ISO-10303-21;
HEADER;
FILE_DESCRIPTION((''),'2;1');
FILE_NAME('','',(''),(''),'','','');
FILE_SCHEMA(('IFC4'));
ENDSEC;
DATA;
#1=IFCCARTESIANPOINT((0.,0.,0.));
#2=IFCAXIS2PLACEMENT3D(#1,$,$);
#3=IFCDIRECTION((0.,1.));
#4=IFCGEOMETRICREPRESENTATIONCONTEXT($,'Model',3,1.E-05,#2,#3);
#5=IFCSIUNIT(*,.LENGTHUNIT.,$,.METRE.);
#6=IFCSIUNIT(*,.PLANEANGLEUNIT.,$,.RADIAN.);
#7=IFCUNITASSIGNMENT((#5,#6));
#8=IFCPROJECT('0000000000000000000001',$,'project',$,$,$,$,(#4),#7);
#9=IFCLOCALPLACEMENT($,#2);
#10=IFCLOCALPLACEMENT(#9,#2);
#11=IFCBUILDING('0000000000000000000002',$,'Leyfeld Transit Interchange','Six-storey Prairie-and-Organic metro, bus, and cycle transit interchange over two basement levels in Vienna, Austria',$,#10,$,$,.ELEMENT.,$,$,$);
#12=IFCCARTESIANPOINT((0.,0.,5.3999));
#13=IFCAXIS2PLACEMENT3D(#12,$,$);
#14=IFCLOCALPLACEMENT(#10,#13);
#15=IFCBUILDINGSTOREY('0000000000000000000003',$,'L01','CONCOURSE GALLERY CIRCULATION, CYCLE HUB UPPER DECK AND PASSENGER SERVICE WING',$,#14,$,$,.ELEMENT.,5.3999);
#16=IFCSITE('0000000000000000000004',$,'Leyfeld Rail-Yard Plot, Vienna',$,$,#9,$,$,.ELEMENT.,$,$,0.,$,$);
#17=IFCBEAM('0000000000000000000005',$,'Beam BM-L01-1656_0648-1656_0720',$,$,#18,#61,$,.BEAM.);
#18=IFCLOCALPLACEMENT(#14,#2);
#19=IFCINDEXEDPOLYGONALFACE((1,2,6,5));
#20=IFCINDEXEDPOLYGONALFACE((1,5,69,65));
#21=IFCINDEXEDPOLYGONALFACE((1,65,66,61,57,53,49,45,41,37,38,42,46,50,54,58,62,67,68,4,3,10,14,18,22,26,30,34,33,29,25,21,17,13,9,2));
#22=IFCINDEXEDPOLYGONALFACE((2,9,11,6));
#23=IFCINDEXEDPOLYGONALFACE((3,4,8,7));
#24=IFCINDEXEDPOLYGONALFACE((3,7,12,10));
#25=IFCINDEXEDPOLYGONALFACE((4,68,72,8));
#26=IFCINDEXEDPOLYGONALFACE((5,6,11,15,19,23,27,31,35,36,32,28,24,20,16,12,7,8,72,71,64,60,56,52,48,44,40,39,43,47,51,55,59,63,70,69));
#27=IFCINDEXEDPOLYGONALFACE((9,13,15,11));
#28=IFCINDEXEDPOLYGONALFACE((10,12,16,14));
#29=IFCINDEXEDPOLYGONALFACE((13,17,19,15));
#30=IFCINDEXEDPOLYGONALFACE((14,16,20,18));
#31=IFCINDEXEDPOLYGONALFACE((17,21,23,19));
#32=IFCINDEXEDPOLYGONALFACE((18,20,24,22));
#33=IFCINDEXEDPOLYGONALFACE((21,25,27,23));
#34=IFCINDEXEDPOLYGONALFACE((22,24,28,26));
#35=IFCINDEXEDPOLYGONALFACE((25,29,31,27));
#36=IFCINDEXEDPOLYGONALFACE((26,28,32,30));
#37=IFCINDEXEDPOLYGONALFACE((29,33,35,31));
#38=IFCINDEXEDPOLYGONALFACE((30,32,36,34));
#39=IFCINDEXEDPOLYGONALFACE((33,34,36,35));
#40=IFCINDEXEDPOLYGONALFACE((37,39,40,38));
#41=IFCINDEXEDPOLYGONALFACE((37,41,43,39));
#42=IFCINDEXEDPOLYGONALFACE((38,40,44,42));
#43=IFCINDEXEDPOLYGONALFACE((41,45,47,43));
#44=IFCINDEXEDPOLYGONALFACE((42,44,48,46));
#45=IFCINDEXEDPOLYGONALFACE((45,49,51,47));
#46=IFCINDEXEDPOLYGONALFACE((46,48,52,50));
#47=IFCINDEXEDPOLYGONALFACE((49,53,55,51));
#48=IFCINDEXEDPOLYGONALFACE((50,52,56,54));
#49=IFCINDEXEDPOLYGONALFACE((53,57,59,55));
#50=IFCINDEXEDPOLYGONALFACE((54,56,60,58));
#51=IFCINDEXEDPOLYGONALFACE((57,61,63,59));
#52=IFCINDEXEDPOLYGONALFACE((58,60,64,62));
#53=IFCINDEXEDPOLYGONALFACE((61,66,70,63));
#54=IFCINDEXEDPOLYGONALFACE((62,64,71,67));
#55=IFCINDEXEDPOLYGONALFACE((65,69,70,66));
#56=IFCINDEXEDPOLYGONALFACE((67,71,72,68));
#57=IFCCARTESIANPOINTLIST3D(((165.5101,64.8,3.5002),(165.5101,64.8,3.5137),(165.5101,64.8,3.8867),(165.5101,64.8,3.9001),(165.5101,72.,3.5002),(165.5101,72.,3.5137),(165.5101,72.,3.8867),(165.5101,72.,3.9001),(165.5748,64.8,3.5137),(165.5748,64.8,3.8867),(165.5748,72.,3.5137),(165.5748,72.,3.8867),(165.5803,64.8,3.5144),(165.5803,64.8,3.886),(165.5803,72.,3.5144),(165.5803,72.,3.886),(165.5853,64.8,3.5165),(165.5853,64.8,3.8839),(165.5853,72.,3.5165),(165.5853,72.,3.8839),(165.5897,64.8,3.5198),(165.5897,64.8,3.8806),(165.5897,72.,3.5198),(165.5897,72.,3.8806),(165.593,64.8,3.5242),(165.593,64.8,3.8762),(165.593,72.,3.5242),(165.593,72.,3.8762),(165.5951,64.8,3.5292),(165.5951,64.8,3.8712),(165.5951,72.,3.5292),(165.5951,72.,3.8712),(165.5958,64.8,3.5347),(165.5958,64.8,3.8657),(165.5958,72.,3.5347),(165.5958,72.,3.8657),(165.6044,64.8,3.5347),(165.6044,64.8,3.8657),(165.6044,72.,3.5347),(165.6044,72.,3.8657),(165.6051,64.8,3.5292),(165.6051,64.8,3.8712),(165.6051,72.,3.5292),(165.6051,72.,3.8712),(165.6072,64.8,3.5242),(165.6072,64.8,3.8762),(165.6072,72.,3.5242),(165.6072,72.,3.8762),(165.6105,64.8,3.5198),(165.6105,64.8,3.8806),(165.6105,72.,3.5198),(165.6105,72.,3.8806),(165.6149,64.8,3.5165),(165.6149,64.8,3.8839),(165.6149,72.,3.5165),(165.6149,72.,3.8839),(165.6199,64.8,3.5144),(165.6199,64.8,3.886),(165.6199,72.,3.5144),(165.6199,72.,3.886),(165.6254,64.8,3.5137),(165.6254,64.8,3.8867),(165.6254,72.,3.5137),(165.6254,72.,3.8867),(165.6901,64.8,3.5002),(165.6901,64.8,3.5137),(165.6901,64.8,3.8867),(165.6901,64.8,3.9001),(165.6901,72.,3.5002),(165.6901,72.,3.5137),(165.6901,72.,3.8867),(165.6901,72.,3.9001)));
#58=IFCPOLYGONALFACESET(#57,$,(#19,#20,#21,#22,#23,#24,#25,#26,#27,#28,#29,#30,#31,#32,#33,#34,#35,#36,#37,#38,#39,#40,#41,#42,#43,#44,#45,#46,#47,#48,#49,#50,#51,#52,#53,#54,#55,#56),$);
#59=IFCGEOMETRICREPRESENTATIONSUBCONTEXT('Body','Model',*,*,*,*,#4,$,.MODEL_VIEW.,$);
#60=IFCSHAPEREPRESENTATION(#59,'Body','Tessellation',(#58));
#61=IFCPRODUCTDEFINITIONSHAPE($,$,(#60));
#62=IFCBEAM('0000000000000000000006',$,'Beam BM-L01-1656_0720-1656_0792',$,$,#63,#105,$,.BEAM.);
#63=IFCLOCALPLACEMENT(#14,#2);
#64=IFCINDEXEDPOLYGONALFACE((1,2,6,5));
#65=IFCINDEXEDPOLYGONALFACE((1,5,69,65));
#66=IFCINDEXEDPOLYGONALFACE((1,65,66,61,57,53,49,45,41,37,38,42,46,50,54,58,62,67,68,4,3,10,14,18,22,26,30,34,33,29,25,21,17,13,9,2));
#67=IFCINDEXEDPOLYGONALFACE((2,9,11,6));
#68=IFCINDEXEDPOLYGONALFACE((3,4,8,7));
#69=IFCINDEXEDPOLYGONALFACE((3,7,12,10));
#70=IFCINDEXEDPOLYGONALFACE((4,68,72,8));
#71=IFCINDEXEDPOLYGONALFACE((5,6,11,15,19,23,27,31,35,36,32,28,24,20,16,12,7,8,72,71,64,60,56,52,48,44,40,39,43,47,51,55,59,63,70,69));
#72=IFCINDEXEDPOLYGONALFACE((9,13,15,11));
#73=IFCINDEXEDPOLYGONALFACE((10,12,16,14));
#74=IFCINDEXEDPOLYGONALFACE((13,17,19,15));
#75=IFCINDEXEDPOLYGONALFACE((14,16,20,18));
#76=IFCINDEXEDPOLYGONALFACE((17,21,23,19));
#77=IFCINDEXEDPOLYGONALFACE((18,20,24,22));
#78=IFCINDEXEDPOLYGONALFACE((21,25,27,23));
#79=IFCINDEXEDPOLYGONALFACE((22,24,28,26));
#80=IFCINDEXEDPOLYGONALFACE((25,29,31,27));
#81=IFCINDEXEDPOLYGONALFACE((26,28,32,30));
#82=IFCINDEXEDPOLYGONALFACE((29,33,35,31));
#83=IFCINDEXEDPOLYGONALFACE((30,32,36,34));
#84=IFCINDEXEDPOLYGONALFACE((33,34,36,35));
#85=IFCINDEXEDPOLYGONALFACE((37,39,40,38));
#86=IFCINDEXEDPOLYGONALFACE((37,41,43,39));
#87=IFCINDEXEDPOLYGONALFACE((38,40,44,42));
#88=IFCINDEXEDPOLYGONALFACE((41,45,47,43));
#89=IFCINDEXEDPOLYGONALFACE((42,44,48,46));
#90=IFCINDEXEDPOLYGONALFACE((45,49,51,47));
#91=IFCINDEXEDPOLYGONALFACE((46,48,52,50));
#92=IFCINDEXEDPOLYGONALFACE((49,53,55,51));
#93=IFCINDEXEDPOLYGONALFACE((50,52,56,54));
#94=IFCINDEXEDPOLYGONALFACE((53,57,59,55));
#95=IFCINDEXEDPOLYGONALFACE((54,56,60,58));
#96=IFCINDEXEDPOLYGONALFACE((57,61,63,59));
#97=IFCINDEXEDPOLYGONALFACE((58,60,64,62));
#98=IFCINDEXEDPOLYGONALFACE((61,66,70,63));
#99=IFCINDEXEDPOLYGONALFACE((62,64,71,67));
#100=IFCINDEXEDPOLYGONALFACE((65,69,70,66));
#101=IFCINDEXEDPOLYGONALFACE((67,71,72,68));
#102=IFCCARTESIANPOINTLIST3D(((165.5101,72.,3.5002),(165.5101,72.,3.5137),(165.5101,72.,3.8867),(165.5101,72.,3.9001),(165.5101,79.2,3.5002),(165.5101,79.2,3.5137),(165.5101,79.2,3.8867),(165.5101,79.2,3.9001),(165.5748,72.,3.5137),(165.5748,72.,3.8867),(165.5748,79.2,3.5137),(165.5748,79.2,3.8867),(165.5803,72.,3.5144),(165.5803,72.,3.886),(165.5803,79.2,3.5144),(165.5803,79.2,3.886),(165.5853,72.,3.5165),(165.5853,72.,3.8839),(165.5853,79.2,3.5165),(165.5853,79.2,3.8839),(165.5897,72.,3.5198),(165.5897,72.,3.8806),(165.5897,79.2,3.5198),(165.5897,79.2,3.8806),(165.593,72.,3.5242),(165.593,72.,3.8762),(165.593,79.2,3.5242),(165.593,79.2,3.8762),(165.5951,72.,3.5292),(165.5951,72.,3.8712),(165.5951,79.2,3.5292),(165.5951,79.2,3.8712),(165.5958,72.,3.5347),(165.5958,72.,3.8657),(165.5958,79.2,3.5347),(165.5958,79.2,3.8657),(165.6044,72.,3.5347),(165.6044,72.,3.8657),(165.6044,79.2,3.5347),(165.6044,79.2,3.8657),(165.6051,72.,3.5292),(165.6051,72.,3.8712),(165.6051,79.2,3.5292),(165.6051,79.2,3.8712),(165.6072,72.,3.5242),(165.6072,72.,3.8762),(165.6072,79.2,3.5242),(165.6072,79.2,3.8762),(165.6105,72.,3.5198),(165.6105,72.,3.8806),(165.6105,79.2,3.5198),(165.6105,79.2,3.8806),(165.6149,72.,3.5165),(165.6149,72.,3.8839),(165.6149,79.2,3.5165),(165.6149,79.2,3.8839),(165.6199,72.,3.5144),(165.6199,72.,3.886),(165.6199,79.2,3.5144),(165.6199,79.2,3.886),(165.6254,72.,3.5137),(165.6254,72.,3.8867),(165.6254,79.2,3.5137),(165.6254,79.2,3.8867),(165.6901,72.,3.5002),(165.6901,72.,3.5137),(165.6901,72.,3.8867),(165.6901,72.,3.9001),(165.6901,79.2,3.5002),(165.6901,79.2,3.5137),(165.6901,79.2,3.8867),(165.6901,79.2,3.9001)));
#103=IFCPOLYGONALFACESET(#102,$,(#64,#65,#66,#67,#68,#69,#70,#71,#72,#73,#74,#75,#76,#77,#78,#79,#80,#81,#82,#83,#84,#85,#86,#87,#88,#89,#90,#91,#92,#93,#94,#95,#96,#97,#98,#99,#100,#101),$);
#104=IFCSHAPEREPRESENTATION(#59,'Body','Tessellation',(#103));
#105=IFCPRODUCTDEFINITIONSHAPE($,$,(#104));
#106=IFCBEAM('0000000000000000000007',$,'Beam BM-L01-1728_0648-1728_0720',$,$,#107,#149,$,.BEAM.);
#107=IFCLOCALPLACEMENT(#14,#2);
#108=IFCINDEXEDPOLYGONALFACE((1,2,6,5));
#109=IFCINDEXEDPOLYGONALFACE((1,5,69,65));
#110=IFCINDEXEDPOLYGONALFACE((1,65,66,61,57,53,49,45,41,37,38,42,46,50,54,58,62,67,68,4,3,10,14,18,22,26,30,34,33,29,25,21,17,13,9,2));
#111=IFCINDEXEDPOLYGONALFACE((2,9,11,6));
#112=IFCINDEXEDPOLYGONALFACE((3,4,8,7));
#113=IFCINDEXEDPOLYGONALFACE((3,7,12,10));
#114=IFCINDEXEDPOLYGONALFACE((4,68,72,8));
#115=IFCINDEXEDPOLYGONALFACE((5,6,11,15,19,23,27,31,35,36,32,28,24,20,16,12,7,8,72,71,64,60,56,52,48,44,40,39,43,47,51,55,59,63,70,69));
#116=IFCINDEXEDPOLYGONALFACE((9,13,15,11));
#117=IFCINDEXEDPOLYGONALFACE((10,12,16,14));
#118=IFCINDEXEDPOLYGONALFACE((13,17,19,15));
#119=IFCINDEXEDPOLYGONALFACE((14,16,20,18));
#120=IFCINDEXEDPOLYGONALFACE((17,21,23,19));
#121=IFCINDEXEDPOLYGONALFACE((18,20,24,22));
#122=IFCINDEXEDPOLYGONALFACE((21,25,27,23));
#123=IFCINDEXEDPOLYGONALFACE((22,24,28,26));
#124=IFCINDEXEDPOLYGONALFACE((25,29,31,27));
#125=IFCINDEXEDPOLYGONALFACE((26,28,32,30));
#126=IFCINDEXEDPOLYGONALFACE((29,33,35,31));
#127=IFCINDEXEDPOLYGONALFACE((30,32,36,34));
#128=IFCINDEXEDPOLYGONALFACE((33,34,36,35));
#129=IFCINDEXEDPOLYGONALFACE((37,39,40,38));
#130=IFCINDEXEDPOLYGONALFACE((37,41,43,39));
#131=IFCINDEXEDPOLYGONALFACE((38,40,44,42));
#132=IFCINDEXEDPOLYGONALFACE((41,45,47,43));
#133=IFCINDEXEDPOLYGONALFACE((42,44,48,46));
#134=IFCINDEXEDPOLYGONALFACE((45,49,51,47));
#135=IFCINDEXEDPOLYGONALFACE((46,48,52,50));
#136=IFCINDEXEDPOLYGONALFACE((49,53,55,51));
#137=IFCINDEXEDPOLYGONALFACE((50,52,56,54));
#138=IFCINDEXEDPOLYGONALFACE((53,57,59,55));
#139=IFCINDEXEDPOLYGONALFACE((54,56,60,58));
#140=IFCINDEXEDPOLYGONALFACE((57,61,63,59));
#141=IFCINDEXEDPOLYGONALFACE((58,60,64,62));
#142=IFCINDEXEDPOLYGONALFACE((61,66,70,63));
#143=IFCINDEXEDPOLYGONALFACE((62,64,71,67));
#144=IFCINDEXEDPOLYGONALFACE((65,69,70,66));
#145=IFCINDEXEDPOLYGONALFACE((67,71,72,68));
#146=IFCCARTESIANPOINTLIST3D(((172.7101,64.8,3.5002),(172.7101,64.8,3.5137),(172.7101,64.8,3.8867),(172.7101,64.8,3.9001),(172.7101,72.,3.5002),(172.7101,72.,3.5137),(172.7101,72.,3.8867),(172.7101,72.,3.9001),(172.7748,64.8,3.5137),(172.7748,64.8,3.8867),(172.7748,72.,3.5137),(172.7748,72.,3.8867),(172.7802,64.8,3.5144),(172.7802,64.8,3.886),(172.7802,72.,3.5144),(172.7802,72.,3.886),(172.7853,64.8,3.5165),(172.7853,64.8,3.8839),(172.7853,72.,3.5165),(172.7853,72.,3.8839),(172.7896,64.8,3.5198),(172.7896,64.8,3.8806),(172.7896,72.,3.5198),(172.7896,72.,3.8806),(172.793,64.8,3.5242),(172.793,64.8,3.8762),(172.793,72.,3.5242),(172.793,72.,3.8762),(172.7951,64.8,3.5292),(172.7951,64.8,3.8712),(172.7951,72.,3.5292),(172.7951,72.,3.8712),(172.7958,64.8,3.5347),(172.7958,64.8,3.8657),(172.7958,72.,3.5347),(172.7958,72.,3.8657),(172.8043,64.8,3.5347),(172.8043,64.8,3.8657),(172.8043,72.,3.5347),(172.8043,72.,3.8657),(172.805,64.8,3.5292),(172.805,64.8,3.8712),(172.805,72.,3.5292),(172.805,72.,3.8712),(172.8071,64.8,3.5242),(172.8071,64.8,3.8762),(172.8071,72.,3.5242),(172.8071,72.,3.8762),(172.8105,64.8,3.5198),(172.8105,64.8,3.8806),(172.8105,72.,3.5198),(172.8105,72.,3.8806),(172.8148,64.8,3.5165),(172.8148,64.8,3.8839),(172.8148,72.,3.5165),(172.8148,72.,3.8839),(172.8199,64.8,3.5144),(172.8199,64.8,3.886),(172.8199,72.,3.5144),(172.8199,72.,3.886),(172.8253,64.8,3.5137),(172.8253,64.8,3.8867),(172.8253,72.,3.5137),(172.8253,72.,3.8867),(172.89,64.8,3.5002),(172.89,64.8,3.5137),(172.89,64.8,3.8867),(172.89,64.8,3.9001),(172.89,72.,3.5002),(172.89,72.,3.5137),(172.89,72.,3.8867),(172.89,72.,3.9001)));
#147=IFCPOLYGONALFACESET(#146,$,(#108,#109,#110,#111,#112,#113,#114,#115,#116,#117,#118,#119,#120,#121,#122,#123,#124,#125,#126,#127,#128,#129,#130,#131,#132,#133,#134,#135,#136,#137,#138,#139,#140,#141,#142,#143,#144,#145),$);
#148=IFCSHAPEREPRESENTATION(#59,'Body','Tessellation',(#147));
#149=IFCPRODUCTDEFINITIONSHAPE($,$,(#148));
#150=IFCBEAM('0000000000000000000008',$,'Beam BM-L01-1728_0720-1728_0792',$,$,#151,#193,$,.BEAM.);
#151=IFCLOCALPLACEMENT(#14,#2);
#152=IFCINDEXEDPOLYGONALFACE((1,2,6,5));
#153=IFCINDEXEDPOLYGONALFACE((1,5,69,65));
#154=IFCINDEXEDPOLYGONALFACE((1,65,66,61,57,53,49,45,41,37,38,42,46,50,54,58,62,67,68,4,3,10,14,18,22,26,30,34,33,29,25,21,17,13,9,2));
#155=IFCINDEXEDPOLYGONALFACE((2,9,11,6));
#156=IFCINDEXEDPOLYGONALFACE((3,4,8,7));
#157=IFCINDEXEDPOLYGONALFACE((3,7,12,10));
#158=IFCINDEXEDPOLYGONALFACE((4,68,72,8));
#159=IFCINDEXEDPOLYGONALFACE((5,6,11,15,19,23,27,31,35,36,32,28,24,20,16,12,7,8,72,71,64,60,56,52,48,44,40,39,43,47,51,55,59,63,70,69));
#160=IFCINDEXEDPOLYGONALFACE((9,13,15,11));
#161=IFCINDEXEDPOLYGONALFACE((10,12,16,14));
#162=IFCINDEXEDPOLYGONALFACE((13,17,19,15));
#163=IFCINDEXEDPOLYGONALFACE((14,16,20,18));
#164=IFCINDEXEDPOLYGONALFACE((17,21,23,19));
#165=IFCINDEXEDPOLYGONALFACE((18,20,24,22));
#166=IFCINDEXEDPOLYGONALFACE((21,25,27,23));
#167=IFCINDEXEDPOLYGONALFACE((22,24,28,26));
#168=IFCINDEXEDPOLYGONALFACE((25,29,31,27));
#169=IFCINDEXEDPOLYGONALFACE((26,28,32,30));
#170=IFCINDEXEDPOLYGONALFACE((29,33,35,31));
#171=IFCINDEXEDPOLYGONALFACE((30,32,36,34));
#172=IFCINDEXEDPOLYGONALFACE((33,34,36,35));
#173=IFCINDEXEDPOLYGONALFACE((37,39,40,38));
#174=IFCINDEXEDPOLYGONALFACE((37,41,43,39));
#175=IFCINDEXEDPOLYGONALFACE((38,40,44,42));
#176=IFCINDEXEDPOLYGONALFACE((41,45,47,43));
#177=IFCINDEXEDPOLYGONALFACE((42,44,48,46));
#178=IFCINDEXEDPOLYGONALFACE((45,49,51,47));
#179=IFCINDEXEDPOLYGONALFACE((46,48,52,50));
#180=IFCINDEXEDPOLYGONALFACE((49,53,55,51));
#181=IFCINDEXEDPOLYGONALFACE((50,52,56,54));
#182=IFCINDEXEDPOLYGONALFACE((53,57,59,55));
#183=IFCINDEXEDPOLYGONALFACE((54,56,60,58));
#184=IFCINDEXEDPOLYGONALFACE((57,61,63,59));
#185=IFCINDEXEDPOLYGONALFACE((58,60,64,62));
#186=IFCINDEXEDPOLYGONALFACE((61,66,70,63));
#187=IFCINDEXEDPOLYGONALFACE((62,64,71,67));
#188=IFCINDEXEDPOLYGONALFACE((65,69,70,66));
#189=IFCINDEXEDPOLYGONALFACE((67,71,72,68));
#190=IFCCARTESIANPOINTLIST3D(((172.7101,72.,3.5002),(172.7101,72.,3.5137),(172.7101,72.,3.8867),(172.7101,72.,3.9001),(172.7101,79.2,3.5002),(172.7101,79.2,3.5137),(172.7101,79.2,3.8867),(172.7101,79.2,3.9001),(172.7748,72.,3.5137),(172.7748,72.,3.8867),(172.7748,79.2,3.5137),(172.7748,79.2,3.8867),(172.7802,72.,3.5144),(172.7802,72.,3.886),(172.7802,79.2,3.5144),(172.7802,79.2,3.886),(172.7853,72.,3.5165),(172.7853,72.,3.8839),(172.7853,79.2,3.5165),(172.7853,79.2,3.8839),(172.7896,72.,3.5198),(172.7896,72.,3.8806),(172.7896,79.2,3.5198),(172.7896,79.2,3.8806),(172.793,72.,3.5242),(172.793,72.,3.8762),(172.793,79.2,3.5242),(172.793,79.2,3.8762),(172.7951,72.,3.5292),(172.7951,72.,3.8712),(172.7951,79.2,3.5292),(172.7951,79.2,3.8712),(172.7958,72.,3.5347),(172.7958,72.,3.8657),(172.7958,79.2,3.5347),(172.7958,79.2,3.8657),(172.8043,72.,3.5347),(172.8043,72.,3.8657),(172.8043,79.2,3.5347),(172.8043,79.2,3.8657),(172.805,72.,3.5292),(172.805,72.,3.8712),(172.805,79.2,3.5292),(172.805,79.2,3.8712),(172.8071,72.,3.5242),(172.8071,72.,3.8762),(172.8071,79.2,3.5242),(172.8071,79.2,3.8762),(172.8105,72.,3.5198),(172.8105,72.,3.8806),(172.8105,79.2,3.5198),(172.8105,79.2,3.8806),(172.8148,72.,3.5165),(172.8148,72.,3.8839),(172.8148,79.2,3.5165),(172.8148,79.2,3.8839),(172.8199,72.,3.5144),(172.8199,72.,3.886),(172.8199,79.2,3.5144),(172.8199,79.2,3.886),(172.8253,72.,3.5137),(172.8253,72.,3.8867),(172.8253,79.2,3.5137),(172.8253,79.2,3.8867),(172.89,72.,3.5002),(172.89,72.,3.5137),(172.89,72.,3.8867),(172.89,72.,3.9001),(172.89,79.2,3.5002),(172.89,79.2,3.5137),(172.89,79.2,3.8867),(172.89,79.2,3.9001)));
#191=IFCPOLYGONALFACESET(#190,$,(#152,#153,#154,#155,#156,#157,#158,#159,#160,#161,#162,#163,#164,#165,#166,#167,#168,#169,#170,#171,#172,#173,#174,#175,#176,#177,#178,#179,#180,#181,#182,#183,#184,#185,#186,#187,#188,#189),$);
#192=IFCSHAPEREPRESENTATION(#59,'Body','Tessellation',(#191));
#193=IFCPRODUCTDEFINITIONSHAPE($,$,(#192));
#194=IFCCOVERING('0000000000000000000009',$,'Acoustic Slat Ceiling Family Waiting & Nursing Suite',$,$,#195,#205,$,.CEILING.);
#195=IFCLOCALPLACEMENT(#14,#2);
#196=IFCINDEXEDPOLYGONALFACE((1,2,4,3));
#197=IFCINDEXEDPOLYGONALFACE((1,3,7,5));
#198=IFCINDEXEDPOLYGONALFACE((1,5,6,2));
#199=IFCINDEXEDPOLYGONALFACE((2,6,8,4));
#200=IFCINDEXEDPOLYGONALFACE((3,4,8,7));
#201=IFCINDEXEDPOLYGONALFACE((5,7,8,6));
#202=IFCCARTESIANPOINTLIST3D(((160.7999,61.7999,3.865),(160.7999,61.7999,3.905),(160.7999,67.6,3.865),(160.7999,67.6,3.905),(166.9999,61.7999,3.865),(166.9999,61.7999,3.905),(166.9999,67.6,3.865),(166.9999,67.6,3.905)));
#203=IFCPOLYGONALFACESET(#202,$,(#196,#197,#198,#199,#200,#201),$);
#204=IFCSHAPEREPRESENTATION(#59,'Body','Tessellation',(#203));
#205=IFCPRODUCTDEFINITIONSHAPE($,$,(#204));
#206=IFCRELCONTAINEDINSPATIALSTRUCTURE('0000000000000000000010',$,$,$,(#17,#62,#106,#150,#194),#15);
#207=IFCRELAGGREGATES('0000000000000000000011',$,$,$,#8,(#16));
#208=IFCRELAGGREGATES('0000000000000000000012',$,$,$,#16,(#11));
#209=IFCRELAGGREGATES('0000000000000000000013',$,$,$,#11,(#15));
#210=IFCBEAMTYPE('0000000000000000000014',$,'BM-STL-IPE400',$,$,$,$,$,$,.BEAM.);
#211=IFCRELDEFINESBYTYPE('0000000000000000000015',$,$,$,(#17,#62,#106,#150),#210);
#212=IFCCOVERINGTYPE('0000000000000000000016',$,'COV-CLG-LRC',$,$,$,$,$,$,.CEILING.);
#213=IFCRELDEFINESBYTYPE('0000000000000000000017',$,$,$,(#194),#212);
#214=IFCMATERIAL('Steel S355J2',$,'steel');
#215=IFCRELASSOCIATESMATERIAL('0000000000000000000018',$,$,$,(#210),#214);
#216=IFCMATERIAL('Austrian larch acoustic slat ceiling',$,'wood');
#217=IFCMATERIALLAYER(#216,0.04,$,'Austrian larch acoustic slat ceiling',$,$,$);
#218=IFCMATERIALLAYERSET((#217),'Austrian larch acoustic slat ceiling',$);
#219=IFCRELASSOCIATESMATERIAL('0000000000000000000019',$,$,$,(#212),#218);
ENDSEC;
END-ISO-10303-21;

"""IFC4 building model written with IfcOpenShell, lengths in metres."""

from ifc_helpers import new_model, si_unit, direction, frame, origin, origin_2d, place, context, subcontext, project, spatial, rectangle, i_section, extrude, material, layer, layer_set, material_profile, profile_set, type_object, element, save


model = new_model("IFC4")

# Units and contexts
model_context = context("Model", 3, precision=1e-05, world=origin(), true_north=direction((0.0, 1.0)))
body_context = subcontext(model_context, "Body", "Model", "MODEL_VIEW")
ifc_project = project(units=[si_unit("LENGTHUNIT", "METRE"), si_unit("PLANEANGLEUNIT", "RADIAN")], contexts=[model_context])

# Site, building, storey
site_placement = place(None, origin())
site = spatial("IfcSite", under=ifc_project, at=site_placement, Name="Leyfeld Rail-Yard Plot, Vienna", CompositionType="ELEMENT", RefElevation=0.0)
building_placement = place(site_placement, origin())
building = spatial("IfcBuilding", under=site, at=building_placement, Name="Leyfeld Transit Interchange", Description="Six-storey Prairie-and-Organic metro, bus, and cycle transit interchange over two basement levels in Vienna, Austria", CompositionType="ELEMENT")
storey_placement = place(building_placement, frame((0.0, 0.0, 5.3999)))
storey = spatial("IfcBuildingStorey", under=building, at=storey_placement, Name="L01", Description="CONCOURSE GALLERY CIRCULATION, CYCLE HUB UPPER DECK AND PASSENGER SERVICE WING", CompositionType="ELEMENT", Elevation=5.3999)

# Beams
ifc_material_1 = material(Name="Steel S355J2", Category="steel")
ifc_material_profile_1 = material_profile(ifc_material_1, i_section(OverallWidth=0.1799, OverallDepth=0.3999, WebThickness=0.0085, FlangeThickness=0.0134, FilletRadius=0.021, at=origin_2d()), Name="IPE 400")
ifc_profile_set_1 = profile_set([ifc_material_profile_1], Name="Steel S355J2")
beam_type_1 = type_object("IfcBeamType", Name="BM-STL-IPE400", PredefinedType="BEAM", material=ifc_profile_set_1)
for number, where, z_axis, x_axis, name in (
    (1, (165.6001, 64.8, 3.7002), (0.0, 1.0, 0.0), (-1.0, 0.0, 0.0), "Beam BM-L01-1656_0648-1656_0720"),
    (2, (165.6001, 72.0, 3.7002), (0.0, 1.0, 0.0), (-1.0, 0.0, 0.0), "Beam BM-L01-1656_0720-1656_0792"),
    (3, (172.8, 64.8, 3.7002), (0.0, 1.0, 0.0), (-1.0, 0.0, 0.0), "Beam BM-L01-1728_0648-1728_0720"),
    (4, (172.8, 72.0, 3.7002), (0.0, 1.0, 0.0), (-1.0, 0.0, 0.0), "Beam BM-L01-1728_0720-1728_0792"),
):
    element("IfcBeam", number, at=place(storey_placement, frame(where, z_axis=z_axis, x_axis=x_axis)), inside=storey, type_object=beam_type_1, Name=name, PredefinedType="BEAM", context=body_context, shape_type="SweptSolid", body=[
        extrude(i_section(OverallWidth=0.1799, OverallDepth=0.3999, WebThickness=0.0085, FlangeThickness=0.0134, FilletRadius=0.021, at=origin_2d()), origin(), (0.0, 0.0, 1.0), 7.2),
    ])

# Covering
ifc_material_2 = material(Name="Austrian larch acoustic slat ceiling", Category="wood")
ifc_layer_1 = layer(ifc_material_2, 0.04, Name="Austrian larch acoustic slat ceiling")
ifc_layer_set_1 = layer_set([ifc_layer_1], Name="Austrian larch acoustic slat ceiling")
covering_type_1 = type_object("IfcCoveringType", Name="COV-CLG-LRC", PredefinedType="CEILING", material=ifc_layer_set_1)
covering_1_placement = place(storey_placement, frame((163.8999, 64.7, 3.865), z_axis=(0.0, 0.0, 1.0), x_axis=(1.0, 0.0, 0.0)))
element("IfcCovering", 5, at=covering_1_placement, inside=storey, type_object=covering_type_1, Name="Acoustic Slat Ceiling Family Waiting & Nursing Suite", PredefinedType="CEILING", context=body_context, shape_type="SweptSolid", body=[
    extrude(rectangle(XDim=6.2, YDim=5.8, at=origin_2d()), origin(), (0.0, 0.0, 1.0), 0.04),
])

save(model, "model.ifc")
